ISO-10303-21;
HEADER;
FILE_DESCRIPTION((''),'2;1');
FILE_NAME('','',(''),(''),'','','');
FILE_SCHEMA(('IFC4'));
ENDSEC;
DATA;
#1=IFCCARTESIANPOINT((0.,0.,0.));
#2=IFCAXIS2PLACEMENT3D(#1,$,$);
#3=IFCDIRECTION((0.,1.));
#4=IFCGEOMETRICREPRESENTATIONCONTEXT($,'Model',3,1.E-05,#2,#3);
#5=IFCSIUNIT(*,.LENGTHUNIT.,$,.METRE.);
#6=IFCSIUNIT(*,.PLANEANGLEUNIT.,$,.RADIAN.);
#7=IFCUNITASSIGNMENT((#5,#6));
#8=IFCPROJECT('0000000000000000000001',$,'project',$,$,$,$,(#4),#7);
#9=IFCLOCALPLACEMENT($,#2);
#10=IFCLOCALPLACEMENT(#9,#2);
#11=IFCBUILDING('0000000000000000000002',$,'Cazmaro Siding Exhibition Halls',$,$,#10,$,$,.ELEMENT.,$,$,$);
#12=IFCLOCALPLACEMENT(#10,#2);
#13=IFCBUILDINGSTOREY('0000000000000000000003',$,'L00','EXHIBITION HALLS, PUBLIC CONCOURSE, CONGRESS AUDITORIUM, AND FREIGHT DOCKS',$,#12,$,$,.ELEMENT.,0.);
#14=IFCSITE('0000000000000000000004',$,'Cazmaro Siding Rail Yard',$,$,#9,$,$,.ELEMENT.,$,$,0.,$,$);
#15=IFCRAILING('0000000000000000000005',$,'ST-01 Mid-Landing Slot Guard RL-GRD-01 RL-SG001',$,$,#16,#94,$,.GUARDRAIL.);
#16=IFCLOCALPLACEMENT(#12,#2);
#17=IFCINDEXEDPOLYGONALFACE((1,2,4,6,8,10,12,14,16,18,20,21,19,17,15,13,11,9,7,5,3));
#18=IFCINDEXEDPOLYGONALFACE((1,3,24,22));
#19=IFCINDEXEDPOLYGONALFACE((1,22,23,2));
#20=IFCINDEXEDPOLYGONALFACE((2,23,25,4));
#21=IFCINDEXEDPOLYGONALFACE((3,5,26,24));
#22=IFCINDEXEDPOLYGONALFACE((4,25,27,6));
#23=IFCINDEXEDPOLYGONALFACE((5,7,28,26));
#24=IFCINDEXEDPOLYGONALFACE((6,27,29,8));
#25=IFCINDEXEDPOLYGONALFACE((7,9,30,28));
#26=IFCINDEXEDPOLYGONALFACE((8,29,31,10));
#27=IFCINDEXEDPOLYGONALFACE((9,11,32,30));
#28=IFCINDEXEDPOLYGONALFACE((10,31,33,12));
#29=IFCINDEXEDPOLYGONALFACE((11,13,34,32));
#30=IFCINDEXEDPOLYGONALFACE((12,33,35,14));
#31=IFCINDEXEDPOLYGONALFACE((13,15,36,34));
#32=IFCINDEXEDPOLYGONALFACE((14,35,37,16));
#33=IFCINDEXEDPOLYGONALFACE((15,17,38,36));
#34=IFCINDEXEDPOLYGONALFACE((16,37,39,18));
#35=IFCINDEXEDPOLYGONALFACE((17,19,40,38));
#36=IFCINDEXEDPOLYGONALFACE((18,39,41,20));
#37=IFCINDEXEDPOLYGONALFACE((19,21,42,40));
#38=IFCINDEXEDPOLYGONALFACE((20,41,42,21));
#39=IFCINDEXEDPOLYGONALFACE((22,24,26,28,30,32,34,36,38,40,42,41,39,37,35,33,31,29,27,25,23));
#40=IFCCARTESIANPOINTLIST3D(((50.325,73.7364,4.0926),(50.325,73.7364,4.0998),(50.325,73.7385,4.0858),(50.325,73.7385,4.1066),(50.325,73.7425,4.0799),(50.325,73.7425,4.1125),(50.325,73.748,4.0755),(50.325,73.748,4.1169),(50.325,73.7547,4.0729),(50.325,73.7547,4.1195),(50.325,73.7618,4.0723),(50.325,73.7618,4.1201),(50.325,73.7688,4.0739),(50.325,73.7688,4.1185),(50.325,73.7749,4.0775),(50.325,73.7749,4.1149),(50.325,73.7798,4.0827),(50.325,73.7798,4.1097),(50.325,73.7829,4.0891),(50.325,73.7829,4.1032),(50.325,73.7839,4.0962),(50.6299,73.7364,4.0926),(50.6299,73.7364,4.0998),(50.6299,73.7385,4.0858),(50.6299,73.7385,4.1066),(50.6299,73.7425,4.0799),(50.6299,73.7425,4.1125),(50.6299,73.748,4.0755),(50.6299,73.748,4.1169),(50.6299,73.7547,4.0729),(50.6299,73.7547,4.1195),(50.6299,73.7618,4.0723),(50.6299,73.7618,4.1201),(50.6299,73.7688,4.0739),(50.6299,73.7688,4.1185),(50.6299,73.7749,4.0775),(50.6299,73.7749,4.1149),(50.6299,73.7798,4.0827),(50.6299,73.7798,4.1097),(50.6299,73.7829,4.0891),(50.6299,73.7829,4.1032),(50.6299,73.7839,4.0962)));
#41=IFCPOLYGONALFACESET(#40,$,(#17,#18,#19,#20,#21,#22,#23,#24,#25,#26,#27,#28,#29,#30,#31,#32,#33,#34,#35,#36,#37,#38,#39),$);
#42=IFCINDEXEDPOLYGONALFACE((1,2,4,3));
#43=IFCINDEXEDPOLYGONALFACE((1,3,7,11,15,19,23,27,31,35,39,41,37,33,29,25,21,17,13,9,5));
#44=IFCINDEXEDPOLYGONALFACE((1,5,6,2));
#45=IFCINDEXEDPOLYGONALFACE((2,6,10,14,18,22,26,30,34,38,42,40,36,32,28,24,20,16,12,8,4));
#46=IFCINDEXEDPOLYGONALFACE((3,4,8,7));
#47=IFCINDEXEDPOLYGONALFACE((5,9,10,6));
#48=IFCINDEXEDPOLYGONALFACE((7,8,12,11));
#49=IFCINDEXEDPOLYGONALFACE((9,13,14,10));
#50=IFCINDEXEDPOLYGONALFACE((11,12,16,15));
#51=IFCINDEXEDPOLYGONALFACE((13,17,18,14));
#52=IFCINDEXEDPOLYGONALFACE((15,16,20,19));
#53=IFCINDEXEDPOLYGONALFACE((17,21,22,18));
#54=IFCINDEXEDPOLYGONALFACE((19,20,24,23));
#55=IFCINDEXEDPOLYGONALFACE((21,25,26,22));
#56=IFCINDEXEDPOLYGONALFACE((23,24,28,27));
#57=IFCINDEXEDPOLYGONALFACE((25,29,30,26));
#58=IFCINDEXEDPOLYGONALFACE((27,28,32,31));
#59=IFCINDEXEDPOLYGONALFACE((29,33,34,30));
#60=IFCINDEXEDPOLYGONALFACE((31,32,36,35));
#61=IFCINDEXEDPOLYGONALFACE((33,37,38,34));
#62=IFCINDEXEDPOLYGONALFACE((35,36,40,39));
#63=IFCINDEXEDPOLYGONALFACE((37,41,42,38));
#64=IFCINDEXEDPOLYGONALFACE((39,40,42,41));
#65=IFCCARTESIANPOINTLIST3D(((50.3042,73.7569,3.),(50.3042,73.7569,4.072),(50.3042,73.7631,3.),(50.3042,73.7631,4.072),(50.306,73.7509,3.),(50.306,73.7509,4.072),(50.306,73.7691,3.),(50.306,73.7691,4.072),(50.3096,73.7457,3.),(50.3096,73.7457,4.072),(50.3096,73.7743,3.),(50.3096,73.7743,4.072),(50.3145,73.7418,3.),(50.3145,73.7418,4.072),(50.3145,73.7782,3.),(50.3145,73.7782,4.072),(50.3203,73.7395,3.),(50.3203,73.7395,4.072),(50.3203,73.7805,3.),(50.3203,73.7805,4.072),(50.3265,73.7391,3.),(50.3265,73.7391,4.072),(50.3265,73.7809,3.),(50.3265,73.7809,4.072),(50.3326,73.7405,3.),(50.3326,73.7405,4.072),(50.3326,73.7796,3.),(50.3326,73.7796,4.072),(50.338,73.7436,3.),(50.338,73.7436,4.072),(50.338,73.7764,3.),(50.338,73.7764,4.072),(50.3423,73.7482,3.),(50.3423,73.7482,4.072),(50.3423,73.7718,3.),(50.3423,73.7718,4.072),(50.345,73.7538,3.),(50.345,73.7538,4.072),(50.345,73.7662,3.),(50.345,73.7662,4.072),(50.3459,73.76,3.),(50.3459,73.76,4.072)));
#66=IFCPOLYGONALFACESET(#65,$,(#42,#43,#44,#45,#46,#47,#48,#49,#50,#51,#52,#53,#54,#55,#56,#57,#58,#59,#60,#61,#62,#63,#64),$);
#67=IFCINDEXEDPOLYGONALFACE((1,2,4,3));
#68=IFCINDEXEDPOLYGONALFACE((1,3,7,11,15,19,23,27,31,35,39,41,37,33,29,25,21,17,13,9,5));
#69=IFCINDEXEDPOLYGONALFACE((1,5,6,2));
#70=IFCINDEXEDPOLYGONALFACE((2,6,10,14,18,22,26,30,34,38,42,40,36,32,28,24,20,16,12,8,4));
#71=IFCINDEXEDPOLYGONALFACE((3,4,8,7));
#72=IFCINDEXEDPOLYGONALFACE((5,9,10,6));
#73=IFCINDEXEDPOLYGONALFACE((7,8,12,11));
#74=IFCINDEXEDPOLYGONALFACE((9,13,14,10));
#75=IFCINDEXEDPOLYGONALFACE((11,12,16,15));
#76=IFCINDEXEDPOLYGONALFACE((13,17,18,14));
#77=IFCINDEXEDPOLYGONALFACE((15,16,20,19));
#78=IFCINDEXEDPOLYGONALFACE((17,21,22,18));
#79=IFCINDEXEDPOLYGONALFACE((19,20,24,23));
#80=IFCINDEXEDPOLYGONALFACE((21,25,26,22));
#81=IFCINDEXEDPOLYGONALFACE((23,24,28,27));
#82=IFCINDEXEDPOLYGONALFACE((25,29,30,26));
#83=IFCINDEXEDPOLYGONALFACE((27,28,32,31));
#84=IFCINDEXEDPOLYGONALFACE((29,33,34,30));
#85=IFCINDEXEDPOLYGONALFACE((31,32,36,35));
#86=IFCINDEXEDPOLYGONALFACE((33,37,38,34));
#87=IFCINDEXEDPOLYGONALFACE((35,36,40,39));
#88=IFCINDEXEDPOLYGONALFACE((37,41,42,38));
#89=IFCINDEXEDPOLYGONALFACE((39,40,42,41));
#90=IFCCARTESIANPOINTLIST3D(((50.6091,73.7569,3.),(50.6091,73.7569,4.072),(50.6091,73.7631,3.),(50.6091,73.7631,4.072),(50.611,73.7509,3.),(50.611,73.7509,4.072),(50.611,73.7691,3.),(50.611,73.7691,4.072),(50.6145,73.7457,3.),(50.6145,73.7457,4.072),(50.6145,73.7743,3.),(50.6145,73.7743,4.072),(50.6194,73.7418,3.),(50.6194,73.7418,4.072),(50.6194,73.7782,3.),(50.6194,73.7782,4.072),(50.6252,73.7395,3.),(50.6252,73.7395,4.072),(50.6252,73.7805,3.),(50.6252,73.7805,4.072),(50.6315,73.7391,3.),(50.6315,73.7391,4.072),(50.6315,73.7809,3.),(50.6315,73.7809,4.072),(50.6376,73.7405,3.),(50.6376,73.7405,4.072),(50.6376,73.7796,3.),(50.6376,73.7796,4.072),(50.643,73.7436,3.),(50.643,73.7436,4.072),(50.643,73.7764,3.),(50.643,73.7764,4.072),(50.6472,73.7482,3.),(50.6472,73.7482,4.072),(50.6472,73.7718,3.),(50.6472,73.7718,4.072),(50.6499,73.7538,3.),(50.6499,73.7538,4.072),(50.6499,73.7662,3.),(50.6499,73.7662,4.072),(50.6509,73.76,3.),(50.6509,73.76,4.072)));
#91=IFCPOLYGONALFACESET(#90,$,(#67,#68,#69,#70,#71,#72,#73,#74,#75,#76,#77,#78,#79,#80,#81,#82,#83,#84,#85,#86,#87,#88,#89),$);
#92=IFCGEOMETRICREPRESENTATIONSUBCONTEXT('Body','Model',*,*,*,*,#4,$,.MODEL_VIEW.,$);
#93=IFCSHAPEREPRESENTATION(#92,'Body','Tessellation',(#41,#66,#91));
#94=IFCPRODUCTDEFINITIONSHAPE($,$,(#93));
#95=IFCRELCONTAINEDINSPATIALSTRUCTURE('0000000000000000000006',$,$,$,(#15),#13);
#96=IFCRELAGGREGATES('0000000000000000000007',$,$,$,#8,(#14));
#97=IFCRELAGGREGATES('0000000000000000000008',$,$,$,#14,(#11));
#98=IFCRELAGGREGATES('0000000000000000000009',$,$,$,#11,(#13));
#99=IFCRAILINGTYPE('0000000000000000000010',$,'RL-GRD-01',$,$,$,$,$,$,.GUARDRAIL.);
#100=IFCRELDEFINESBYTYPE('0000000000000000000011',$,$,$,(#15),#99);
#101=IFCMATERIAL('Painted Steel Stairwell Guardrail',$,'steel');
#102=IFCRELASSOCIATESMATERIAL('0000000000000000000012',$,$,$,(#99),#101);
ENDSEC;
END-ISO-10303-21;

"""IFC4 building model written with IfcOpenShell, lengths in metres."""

from ifc_helpers import new_model, si_unit, direction, frame, origin, origin_2d, place, context, subcontext, project, spatial, circle, extrude, material, type_object, element, save


model = new_model("IFC4")

# Units and contexts
model_context = context("Model", 3, precision=1e-05, world=origin(), true_north=direction((0.0, 1.0)))
body_context = subcontext(model_context, "Body", "Model", "MODEL_VIEW")
ifc_project = project(units=[si_unit("LENGTHUNIT", "METRE"), si_unit("PLANEANGLEUNIT", "RADIAN")], contexts=[model_context])

# Site, building, storey
site_placement = place(None, origin())
site = spatial("IfcSite", under=ifc_project, at=site_placement, Name="Cazmaro Siding Rail Yard", CompositionType="ELEMENT", RefElevation=0.0)
building_placement = place(site_placement, origin())
building = spatial("IfcBuilding", under=site, at=building_placement, Name="Cazmaro Siding Exhibition Halls", CompositionType="ELEMENT")
storey_placement = place(building_placement, origin())
storey = spatial("IfcBuildingStorey", under=building, at=storey_placement, Name="L00", Description="EXHIBITION HALLS, PUBLIC CONCOURSE, CONGRESS AUDITORIUM, AND FREIGHT DOCKS", CompositionType="ELEMENT", Elevation=0.0)

# Railing
ifc_material_1 = material(Name="Painted Steel Stairwell Guardrail", Category="steel")
railing_type_1 = type_object("IfcRailingType", Name="RL-GRD-01", PredefinedType="GUARDRAIL", material=ifc_material_1)
railing_1_placement = place(storey_placement, frame((50.325, 73.76, 3.0)))
element("IfcRailing", 1, at=railing_1_placement, inside=storey, type_object=railing_type_1, Name="ST-01 Mid-Landing Slot Guard RL-GRD-01 RL-SG001", PredefinedType="GUARDRAIL", context=body_context, shape_type="SweptSolid", body=[
    extrude(circle(Radius=0.0239, at=origin_2d()), frame((0.0, 0.0, 1.0962), z_axis=(1.0, 0.0, 0.0), x_axis=(0.0, 1.0, 0.0)), (0.0, 0.0, 1.0), 0.3049),
    extrude(circle(Radius=0.021, at=origin_2d()), origin(), (0.0, 0.0, 1.0), 1.072),
    extrude(circle(Radius=0.021, at=origin_2d()), frame((0.3049, 0.0, 0.0)), (0.0, 0.0, 1.0), 1.072),
])

save(model, "model.ifc")
